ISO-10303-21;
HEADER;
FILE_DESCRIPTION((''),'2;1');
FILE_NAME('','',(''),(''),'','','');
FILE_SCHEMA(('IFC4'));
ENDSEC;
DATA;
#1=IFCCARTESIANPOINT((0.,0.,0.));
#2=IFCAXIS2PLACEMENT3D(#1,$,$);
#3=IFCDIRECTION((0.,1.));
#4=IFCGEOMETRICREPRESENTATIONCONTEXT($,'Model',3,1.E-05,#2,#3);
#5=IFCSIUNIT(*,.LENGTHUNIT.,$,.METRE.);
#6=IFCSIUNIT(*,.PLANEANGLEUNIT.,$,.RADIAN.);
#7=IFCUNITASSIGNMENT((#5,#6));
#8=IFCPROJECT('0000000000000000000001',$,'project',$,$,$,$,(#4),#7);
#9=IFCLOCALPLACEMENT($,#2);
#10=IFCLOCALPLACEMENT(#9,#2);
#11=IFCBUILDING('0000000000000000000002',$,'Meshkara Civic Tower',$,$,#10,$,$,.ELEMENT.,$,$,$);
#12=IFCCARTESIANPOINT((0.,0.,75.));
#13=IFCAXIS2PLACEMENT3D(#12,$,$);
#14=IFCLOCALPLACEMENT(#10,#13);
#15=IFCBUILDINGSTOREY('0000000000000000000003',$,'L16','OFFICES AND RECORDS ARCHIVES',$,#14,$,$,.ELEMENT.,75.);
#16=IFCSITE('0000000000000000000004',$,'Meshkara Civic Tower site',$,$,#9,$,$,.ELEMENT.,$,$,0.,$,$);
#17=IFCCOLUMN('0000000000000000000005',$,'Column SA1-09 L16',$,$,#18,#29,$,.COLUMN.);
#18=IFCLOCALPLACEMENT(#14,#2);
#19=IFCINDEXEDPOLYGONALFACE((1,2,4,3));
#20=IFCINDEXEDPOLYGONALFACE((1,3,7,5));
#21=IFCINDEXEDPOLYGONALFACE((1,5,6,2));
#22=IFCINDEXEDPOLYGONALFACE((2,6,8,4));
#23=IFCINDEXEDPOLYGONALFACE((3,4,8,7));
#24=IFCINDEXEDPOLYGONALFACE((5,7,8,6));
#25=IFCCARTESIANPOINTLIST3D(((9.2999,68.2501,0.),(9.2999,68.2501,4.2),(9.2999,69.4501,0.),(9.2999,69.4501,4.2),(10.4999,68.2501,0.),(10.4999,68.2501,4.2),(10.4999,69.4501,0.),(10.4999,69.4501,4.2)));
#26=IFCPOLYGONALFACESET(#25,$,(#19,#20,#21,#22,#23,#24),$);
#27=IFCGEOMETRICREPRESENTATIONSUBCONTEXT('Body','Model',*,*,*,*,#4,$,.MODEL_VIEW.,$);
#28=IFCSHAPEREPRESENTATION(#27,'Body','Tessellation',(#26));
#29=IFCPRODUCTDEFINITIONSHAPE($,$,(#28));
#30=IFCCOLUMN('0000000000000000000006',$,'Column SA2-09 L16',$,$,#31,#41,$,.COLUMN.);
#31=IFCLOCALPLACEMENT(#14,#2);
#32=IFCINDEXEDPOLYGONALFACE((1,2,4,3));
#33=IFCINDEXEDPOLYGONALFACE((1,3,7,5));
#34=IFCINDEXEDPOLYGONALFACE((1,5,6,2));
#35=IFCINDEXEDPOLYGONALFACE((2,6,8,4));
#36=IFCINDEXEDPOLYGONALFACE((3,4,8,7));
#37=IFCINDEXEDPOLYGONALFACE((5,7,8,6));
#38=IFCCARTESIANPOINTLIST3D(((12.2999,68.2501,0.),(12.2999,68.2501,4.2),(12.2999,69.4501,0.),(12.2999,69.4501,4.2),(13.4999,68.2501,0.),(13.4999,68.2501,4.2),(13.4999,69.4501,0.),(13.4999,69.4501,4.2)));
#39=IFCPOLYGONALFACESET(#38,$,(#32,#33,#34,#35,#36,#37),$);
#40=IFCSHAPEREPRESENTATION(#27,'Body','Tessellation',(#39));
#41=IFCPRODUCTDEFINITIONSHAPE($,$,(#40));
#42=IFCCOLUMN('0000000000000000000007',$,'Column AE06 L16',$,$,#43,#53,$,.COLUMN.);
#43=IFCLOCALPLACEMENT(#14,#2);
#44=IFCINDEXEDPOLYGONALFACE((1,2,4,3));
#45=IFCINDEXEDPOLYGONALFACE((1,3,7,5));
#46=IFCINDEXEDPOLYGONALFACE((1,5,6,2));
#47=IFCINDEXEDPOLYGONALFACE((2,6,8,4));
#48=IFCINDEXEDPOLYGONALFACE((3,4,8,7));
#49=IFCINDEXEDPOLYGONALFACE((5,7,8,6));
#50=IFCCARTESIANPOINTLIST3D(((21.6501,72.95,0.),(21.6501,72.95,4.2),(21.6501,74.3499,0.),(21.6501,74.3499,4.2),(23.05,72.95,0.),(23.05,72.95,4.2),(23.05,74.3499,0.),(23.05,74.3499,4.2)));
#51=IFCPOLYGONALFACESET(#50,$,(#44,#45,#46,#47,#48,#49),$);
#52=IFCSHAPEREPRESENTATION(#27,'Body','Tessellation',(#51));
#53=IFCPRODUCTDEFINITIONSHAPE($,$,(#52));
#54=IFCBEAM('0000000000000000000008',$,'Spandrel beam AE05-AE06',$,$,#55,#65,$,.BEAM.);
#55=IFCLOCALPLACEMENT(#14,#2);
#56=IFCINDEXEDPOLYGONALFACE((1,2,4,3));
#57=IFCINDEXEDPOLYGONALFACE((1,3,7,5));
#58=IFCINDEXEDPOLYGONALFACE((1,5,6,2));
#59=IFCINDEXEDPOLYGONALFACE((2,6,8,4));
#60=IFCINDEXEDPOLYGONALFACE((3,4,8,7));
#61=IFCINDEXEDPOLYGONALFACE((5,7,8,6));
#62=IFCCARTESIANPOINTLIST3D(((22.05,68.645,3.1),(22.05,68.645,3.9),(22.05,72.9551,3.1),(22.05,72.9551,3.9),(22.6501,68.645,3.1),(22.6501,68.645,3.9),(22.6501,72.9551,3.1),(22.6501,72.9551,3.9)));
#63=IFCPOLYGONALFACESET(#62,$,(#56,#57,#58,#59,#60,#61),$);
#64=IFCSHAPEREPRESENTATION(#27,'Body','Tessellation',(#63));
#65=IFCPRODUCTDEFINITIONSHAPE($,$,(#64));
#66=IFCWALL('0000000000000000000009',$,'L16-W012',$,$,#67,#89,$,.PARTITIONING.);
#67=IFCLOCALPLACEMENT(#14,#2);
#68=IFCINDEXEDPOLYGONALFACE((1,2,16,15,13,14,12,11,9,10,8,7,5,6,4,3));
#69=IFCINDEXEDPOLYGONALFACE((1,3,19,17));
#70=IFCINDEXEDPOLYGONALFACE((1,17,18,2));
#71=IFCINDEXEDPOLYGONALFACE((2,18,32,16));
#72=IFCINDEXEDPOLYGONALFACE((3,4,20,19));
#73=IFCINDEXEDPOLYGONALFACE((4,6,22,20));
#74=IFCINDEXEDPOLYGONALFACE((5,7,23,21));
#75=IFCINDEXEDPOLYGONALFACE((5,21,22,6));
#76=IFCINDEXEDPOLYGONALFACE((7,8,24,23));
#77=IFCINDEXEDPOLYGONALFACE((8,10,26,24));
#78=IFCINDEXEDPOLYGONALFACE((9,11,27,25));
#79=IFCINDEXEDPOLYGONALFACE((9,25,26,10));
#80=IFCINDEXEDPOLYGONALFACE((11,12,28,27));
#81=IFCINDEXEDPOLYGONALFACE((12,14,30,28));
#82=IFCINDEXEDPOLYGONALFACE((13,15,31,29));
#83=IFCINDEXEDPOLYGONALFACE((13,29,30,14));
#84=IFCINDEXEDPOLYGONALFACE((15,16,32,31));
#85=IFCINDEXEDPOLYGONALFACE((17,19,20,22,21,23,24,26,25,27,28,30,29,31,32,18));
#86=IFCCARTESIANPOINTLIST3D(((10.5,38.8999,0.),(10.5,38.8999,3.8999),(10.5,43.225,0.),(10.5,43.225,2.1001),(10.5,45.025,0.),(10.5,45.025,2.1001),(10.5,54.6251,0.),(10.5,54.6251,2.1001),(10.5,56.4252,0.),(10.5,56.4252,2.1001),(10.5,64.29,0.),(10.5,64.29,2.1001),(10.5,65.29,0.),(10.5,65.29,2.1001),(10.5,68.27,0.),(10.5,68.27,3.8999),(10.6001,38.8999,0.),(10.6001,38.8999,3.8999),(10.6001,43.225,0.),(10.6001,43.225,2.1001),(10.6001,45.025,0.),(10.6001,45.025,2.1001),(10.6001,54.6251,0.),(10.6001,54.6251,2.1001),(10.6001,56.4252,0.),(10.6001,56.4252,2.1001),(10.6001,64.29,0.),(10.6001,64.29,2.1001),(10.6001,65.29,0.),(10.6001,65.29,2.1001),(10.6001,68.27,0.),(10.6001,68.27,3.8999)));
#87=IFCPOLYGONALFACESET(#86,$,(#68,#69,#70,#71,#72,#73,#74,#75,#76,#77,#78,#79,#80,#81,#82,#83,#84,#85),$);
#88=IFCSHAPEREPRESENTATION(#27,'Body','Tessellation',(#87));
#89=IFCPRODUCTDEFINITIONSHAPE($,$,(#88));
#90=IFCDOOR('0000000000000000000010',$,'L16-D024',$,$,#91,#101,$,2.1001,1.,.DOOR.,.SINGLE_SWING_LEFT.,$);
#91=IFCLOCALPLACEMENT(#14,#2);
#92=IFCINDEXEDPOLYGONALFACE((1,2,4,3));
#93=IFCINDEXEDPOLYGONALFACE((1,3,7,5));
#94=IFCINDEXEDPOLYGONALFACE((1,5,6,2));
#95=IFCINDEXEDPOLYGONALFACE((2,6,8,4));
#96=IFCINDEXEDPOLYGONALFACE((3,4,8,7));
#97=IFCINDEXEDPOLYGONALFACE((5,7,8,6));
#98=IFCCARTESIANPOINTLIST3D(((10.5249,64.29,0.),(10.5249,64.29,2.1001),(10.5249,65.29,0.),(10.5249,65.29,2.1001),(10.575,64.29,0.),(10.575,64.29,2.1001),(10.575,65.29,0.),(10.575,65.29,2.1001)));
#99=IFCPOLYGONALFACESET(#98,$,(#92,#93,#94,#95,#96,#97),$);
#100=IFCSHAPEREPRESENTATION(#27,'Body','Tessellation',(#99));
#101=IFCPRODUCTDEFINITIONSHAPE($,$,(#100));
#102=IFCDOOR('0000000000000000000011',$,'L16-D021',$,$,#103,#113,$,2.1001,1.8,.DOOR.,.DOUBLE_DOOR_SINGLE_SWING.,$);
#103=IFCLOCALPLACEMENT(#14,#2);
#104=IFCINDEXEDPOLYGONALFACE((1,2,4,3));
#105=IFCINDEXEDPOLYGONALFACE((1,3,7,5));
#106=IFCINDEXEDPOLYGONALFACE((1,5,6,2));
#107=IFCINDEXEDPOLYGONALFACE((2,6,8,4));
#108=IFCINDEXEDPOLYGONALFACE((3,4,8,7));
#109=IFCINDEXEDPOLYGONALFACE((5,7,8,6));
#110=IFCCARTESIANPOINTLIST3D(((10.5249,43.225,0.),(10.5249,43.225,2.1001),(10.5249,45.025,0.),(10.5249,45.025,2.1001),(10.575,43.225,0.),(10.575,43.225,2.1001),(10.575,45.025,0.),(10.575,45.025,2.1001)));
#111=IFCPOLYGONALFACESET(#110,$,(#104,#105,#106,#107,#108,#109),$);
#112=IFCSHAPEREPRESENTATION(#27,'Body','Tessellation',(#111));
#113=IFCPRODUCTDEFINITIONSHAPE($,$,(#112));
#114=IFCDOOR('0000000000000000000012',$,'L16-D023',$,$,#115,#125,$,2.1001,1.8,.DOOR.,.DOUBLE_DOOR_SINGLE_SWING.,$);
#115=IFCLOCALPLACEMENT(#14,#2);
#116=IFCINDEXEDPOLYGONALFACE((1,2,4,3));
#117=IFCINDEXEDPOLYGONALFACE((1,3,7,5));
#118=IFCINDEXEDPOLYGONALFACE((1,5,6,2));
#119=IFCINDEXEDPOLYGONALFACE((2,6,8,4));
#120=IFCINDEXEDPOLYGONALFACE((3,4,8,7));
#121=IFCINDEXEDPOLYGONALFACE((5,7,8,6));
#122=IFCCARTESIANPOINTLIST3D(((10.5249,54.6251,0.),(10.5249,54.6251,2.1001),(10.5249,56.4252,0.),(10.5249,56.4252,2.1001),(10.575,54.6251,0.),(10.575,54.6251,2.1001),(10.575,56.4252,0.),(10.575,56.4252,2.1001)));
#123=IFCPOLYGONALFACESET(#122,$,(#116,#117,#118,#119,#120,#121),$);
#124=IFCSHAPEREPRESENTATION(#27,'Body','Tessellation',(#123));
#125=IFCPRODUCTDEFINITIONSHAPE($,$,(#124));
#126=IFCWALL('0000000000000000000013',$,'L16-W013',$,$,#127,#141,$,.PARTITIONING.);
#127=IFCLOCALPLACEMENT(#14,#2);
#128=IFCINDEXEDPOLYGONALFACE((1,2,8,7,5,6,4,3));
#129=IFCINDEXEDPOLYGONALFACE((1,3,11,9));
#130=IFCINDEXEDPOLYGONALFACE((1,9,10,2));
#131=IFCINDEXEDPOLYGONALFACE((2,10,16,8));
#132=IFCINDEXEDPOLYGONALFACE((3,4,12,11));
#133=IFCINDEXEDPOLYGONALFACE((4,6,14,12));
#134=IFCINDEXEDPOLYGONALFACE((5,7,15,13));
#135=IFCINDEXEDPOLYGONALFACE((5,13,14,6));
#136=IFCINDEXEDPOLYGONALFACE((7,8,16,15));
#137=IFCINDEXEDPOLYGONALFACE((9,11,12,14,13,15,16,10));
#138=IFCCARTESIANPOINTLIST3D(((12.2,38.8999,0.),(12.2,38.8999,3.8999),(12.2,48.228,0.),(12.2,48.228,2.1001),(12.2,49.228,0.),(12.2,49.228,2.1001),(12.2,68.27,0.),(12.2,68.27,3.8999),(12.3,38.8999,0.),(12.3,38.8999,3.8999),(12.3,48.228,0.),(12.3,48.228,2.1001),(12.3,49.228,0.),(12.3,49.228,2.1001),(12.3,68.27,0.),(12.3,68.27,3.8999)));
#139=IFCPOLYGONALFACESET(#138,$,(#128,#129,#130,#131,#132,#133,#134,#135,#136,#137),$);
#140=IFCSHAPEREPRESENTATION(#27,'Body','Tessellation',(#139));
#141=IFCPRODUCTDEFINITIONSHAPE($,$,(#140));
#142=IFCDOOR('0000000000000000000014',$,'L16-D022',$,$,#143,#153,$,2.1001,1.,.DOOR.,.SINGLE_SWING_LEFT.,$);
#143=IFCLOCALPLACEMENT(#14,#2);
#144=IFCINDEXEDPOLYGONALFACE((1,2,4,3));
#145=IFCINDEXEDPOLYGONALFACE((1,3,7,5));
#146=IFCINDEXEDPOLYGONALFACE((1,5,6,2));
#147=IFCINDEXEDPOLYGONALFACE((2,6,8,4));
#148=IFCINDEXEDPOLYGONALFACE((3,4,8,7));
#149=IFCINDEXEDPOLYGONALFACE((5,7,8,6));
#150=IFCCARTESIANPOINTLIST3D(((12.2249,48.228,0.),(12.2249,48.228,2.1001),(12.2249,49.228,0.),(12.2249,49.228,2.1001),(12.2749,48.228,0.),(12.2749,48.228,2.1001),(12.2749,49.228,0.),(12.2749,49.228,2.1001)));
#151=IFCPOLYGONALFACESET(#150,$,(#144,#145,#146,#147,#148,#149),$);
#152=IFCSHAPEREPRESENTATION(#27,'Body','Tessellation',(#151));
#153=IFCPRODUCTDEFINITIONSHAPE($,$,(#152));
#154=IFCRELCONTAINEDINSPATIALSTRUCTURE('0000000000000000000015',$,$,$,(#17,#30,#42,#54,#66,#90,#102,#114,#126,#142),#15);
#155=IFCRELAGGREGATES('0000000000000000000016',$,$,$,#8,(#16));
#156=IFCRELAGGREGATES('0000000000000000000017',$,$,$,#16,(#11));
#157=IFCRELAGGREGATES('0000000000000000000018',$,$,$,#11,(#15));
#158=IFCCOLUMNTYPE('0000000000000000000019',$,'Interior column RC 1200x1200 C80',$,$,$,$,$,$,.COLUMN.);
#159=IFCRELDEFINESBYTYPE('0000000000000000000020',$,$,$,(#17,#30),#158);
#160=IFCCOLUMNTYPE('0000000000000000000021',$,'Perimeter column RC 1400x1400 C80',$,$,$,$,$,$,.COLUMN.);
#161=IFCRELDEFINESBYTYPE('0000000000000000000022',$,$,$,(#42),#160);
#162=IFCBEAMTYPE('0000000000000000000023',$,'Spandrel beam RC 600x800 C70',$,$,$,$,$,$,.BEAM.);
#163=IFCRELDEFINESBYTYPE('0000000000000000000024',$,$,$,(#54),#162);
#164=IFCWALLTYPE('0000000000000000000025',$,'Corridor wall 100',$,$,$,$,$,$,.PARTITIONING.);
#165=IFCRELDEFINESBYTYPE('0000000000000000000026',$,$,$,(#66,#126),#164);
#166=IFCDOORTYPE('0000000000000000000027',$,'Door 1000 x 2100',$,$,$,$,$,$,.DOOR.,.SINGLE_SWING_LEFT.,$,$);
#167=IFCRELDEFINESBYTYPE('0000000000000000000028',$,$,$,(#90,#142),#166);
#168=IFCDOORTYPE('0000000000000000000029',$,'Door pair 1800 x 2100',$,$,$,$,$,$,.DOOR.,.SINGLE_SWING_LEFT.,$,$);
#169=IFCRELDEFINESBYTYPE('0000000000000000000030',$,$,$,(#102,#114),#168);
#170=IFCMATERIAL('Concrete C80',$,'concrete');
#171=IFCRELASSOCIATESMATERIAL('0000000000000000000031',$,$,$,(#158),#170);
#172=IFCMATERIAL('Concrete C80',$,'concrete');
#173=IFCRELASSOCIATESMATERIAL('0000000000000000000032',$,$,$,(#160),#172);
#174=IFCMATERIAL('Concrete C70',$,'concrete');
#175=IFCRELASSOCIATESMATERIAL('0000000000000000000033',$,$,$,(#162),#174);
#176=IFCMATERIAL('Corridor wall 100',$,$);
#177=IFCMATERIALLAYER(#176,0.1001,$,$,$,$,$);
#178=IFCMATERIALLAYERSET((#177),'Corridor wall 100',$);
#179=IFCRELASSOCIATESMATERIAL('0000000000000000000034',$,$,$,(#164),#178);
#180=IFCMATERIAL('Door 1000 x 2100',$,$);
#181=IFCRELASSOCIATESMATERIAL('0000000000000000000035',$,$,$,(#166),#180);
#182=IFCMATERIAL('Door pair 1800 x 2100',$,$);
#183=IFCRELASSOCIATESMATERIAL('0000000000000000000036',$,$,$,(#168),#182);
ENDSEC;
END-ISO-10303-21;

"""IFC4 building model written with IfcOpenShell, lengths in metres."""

from ifc_helpers import new_model, si_unit, direction, frame, frame_2d, origin, origin_2d, place, context, subcontext, project, spatial, rectangle, extrude, material, layer, layer_set, material_profile, profile_set, type_object, element, fill, save


model = new_model("IFC4")

# Units and contexts
model_context = context("Model", 3, precision=1e-05, world=origin(), true_north=direction((0.0, 1.0)))
body_context = subcontext(model_context, "Body", "Model", "MODEL_VIEW")
ifc_project = project(units=[si_unit("LENGTHUNIT", "METRE"), si_unit("PLANEANGLEUNIT", "RADIAN")], contexts=[model_context])

# Site, building, storey
site_placement = place(None, origin())
site = spatial("IfcSite", under=ifc_project, at=site_placement, Name="Meshkara Civic Tower site", CompositionType="ELEMENT", RefElevation=0.0)
building_placement = place(site_placement, origin())
building = spatial("IfcBuilding", under=site, at=building_placement, Name="Meshkara Civic Tower", CompositionType="ELEMENT")
storey_placement = place(building_placement, frame((0.0, 0.0, 75.0)))
storey = spatial("IfcBuildingStorey", under=building, at=storey_placement, Name="L16", Description="OFFICES AND RECORDS ARCHIVES", CompositionType="ELEMENT", Elevation=75.0)

# Columns
ifc_material_1 = material(Name="Concrete C80", Category="concrete")
ifc_material_profile_1 = material_profile(ifc_material_1, rectangle(XDim=1.2, YDim=1.2, at=origin_2d()))
ifc_profile_set_1 = profile_set([ifc_material_profile_1], Name="Concrete C80")
column_type_1 = type_object("IfcColumnType", Name="Interior column RC 1200x1200 C80", PredefinedType="COLUMN", material=ifc_profile_set_1)
for number, where, z_axis, x_axis, name in (
    (1, (9.8999, 68.8501, 0.0), (0.0, 0.0, 1.0), (1.0, 0.0, 0.0), "Column SA1-09 L16"),
    (2, (12.8999, 68.8501, 0.0), (0.0, 0.0, 1.0), (1.0, 0.0, 0.0), "Column SA2-09 L16"),
):
    element("IfcColumn", number, at=place(storey_placement, frame(where, z_axis=z_axis, x_axis=x_axis)), inside=storey, type_object=column_type_1, Name=name, PredefinedType="COLUMN", context=body_context, shape_type="SweptSolid", body=[
        extrude(rectangle(XDim=1.2, YDim=1.2, at=origin_2d()), origin(), (0.0, 0.0, 1.0), 4.2),
    ])
ifc_material_2 = material(Name="Concrete C80", Category="concrete")
ifc_material_profile_2 = material_profile(ifc_material_2, rectangle(XDim=1.3999, YDim=1.3999, at=origin_2d()))
ifc_profile_set_2 = profile_set([ifc_material_profile_2], Name="Concrete C80")
column_type_2 = type_object("IfcColumnType", Name="Perimeter column RC 1400x1400 C80", PredefinedType="COLUMN", material=ifc_profile_set_2)
column_placement = place(storey_placement, frame((22.3501, 73.6499, 0.0), z_axis=(0.0, 0.0, 1.0), x_axis=(1.0, 0.0, 0.0)))
element("IfcColumn", 3, at=column_placement, inside=storey, type_object=column_type_2, Name="Column AE06 L16", PredefinedType="COLUMN", context=body_context, shape_type="SweptSolid", body=[
    extrude(rectangle(XDim=1.3999, YDim=1.3999, at=origin_2d()), origin(), (0.0, 0.0, 1.0), 4.2),
])

# Beam
ifc_material_3 = material(Name="Concrete C70", Category="concrete")
ifc_material_profile_3 = material_profile(ifc_material_3, rectangle(XDim=0.6001, YDim=0.8, at=origin_2d()))
ifc_profile_set_3 = profile_set([ifc_material_profile_3], Name="Concrete C70")
beam_type = type_object("IfcBeamType", Name="Spandrel beam RC 600x800 C70", PredefinedType="BEAM", material=ifc_profile_set_3)
beam_placement = place(storey_placement, frame((22.3501, 68.645, 3.5), z_axis=(0.0, 1.0, 0.0), x_axis=(-1.0, 0.0, 0.0)))
element("IfcBeam", 4, at=beam_placement, inside=storey, type_object=beam_type, Name="Spandrel beam AE05-AE06", PredefinedType="BEAM", context=body_context, shape_type="SweptSolid", body=[
    extrude(rectangle(XDim=0.6001, YDim=0.8, at=origin_2d()), origin(), (0.0, 0.0, 1.0), 4.3101),
])

# Wall, openings, doors
ifc_material_4 = material(Name="Corridor wall 100")
ifc_layer_1 = layer(ifc_material_4, 0.1001)
ifc_layer_set_1 = layer_set([ifc_layer_1], Name="Corridor wall 100")
wall_type_1 = type_object("IfcWallType", Name="Corridor wall 100", PredefinedType="PARTITIONING", material=ifc_layer_set_1)
wall_1_placement = place(storey_placement, frame((10.55, 68.27, 0.0), z_axis=(0.0, 0.0, 1.0), x_axis=(0.0, -1.0, 0.0)))
wall_1 = element("IfcWall", 5, at=wall_1_placement, inside=storey, type_object=wall_type_1, Name="L16-W012", PredefinedType="PARTITIONING", context=body_context, shape_type="SweptSolid", body=[
    extrude(rectangle(XDim=29.3701, YDim=0.1001, at=frame_2d((14.6851, 0.0))), origin(), (0.0, 0.0, 1.0), 3.8999),
])
opening_1_placement = place(wall_1_placement, frame((23.2451, 0.0, 0.0)))
opening_1 = element("IfcOpeningElement", 6, at=opening_1_placement, cuts=wall_1, PredefinedType="OPENING", context=body_context, shape_type="SweptSolid", body=[
    extrude(rectangle(XDim=1.8, YDim=2.1001, at=frame_2d((0.8999, 1.05))), frame((0.0, 0.0601, 0.0), z_axis=(0.0, -1.0, 0.0), x_axis=(1.0, 0.0, 0.0)), (0.0, 0.0, 1.0), 0.1201),
])
opening_2_placement = place(wall_1_placement, frame((11.845, 0.0, 0.0)))
opening_2 = element("IfcOpeningElement", 7, at=opening_2_placement, cuts=wall_1, PredefinedType="OPENING", context=body_context, shape_type="SweptSolid", body=[
    extrude(rectangle(XDim=1.8, YDim=2.1001, at=frame_2d((0.8999, 1.05))), frame((0.0, 0.0601, 0.0), z_axis=(0.0, -1.0, 0.0), x_axis=(1.0, 0.0, 0.0)), (0.0, 0.0, 1.0), 0.1201),
])
opening_3_placement = place(wall_1_placement, frame((2.98, 0.0, 0.0)))
opening_3 = element("IfcOpeningElement", 8, at=opening_3_placement, cuts=wall_1, PredefinedType="OPENING", context=body_context, shape_type="SweptSolid", body=[
    extrude(rectangle(XDim=1.0, YDim=2.1001, at=frame_2d((0.5, 1.05))), frame((0.0, 0.0601, 0.0), z_axis=(0.0, -1.0, 0.0), x_axis=(1.0, 0.0, 0.0)), (0.0, 0.0, 1.0), 0.1201),
])
ifc_material_5 = material(Name="Door 1000 x 2100")
door_type_1 = type_object("IfcDoorType", Name="Door 1000 x 2100", OperationType="SINGLE_SWING_LEFT", PredefinedType="DOOR", material=ifc_material_5)
door_1_placement = place(opening_3_placement, origin())
door_1 = element("IfcDoor", 9, at=door_1_placement, inside=storey, type_object=door_type_1, Name="L16-D024", OperationType="SINGLE_SWING_LEFT", OverallHeight=2.1001, OverallWidth=1.0, PredefinedType="DOOR", context=body_context, shape_type="SweptSolid", body=[
    extrude(rectangle(XDim=1.0, YDim=2.1001, at=frame_2d((0.5, 1.05))), frame((0.0, 0.0249, 0.0), z_axis=(0.0, -1.0, 0.0), x_axis=(1.0, 0.0, 0.0)), (0.0, 0.0, 1.0), 0.05),
])
fill(opening_3, door_1)
ifc_material_6 = material(Name="Door pair 1800 x 2100")
door_type_2 = type_object("IfcDoorType", Name="Door pair 1800 x 2100", OperationType="SINGLE_SWING_LEFT", PredefinedType="DOOR", material=ifc_material_6)
door_2_placement = place(opening_1_placement, origin())
door_2 = element("IfcDoor", 10, at=door_2_placement, inside=storey, type_object=door_type_2, Name="L16-D021", OperationType="DOUBLE_DOOR_SINGLE_SWING", OverallHeight=2.1001, OverallWidth=1.8, PredefinedType="DOOR", context=body_context, shape_type="SweptSolid", body=[
    extrude(rectangle(XDim=1.8, YDim=2.1001, at=frame_2d((0.8999, 1.05))), frame((0.0, 0.0249, 0.0), z_axis=(0.0, -1.0, 0.0), x_axis=(1.0, 0.0, 0.0)), (0.0, 0.0, 1.0), 0.05),
])
fill(opening_1, door_2)
door_3_placement = place(opening_2_placement, origin())
door_3 = element("IfcDoor", 11, at=door_3_placement, inside=storey, type_object=door_type_2, Name="L16-D023", OperationType="DOUBLE_DOOR_SINGLE_SWING", OverallHeight=2.1001, OverallWidth=1.8, PredefinedType="DOOR", context=body_context, shape_type="SweptSolid", body=[
    extrude(rectangle(XDim=1.8, YDim=2.1001, at=frame_2d((0.8999, 1.05))), frame((0.0, 0.0249, 0.0), z_axis=(0.0, -1.0, 0.0), x_axis=(1.0, 0.0, 0.0)), (0.0, 0.0, 1.0), 0.05),
])
fill(opening_2, door_3)

# Wall, opening, door
wall_2_placement = place(storey_placement, frame((12.25, 68.27, 0.0), z_axis=(0.0, 0.0, 1.0), x_axis=(0.0, -1.0, 0.0)))
wall_2 = element("IfcWall", 12, at=wall_2_placement, inside=storey, type_object=wall_type_1, Name="L16-W013", PredefinedType="PARTITIONING", context=body_context, shape_type="SweptSolid", body=[
    extrude(rectangle(XDim=29.3701, YDim=0.1001, at=frame_2d((14.6851, 0.0))), origin(), (0.0, 0.0, 1.0), 3.8999),
])
opening_4_placement = place(wall_2_placement, frame((19.042, 0.0, 0.0)))
opening_4 = element("IfcOpeningElement", 13, at=opening_4_placement, cuts=wall_2, PredefinedType="OPENING", context=body_context, shape_type="SweptSolid", body=[
    extrude(rectangle(XDim=1.0, YDim=2.1001, at=frame_2d((0.5, 1.05))), frame((0.0, 0.0601, 0.0), z_axis=(0.0, -1.0, 0.0), x_axis=(1.0, 0.0, 0.0)), (0.0, 0.0, 1.0), 0.1201),
])
door_4_placement = place(opening_4_placement, origin())
door_4 = element("IfcDoor", 14, at=door_4_placement, inside=storey, type_object=door_type_1, Name="L16-D022", OperationType="SINGLE_SWING_LEFT", OverallHeight=2.1001, OverallWidth=1.0, PredefinedType="DOOR", context=body_context, shape_type="SweptSolid", body=[
    extrude(rectangle(XDim=1.0, YDim=2.1001, at=frame_2d((0.5, 1.05))), frame((0.0, 0.0249, 0.0), z_axis=(0.0, -1.0, 0.0), x_axis=(1.0, 0.0, 0.0)), (0.0, 0.0, 1.0), 0.05),
])
fill(opening_4, door_4)

save(model, "model.ifc")
